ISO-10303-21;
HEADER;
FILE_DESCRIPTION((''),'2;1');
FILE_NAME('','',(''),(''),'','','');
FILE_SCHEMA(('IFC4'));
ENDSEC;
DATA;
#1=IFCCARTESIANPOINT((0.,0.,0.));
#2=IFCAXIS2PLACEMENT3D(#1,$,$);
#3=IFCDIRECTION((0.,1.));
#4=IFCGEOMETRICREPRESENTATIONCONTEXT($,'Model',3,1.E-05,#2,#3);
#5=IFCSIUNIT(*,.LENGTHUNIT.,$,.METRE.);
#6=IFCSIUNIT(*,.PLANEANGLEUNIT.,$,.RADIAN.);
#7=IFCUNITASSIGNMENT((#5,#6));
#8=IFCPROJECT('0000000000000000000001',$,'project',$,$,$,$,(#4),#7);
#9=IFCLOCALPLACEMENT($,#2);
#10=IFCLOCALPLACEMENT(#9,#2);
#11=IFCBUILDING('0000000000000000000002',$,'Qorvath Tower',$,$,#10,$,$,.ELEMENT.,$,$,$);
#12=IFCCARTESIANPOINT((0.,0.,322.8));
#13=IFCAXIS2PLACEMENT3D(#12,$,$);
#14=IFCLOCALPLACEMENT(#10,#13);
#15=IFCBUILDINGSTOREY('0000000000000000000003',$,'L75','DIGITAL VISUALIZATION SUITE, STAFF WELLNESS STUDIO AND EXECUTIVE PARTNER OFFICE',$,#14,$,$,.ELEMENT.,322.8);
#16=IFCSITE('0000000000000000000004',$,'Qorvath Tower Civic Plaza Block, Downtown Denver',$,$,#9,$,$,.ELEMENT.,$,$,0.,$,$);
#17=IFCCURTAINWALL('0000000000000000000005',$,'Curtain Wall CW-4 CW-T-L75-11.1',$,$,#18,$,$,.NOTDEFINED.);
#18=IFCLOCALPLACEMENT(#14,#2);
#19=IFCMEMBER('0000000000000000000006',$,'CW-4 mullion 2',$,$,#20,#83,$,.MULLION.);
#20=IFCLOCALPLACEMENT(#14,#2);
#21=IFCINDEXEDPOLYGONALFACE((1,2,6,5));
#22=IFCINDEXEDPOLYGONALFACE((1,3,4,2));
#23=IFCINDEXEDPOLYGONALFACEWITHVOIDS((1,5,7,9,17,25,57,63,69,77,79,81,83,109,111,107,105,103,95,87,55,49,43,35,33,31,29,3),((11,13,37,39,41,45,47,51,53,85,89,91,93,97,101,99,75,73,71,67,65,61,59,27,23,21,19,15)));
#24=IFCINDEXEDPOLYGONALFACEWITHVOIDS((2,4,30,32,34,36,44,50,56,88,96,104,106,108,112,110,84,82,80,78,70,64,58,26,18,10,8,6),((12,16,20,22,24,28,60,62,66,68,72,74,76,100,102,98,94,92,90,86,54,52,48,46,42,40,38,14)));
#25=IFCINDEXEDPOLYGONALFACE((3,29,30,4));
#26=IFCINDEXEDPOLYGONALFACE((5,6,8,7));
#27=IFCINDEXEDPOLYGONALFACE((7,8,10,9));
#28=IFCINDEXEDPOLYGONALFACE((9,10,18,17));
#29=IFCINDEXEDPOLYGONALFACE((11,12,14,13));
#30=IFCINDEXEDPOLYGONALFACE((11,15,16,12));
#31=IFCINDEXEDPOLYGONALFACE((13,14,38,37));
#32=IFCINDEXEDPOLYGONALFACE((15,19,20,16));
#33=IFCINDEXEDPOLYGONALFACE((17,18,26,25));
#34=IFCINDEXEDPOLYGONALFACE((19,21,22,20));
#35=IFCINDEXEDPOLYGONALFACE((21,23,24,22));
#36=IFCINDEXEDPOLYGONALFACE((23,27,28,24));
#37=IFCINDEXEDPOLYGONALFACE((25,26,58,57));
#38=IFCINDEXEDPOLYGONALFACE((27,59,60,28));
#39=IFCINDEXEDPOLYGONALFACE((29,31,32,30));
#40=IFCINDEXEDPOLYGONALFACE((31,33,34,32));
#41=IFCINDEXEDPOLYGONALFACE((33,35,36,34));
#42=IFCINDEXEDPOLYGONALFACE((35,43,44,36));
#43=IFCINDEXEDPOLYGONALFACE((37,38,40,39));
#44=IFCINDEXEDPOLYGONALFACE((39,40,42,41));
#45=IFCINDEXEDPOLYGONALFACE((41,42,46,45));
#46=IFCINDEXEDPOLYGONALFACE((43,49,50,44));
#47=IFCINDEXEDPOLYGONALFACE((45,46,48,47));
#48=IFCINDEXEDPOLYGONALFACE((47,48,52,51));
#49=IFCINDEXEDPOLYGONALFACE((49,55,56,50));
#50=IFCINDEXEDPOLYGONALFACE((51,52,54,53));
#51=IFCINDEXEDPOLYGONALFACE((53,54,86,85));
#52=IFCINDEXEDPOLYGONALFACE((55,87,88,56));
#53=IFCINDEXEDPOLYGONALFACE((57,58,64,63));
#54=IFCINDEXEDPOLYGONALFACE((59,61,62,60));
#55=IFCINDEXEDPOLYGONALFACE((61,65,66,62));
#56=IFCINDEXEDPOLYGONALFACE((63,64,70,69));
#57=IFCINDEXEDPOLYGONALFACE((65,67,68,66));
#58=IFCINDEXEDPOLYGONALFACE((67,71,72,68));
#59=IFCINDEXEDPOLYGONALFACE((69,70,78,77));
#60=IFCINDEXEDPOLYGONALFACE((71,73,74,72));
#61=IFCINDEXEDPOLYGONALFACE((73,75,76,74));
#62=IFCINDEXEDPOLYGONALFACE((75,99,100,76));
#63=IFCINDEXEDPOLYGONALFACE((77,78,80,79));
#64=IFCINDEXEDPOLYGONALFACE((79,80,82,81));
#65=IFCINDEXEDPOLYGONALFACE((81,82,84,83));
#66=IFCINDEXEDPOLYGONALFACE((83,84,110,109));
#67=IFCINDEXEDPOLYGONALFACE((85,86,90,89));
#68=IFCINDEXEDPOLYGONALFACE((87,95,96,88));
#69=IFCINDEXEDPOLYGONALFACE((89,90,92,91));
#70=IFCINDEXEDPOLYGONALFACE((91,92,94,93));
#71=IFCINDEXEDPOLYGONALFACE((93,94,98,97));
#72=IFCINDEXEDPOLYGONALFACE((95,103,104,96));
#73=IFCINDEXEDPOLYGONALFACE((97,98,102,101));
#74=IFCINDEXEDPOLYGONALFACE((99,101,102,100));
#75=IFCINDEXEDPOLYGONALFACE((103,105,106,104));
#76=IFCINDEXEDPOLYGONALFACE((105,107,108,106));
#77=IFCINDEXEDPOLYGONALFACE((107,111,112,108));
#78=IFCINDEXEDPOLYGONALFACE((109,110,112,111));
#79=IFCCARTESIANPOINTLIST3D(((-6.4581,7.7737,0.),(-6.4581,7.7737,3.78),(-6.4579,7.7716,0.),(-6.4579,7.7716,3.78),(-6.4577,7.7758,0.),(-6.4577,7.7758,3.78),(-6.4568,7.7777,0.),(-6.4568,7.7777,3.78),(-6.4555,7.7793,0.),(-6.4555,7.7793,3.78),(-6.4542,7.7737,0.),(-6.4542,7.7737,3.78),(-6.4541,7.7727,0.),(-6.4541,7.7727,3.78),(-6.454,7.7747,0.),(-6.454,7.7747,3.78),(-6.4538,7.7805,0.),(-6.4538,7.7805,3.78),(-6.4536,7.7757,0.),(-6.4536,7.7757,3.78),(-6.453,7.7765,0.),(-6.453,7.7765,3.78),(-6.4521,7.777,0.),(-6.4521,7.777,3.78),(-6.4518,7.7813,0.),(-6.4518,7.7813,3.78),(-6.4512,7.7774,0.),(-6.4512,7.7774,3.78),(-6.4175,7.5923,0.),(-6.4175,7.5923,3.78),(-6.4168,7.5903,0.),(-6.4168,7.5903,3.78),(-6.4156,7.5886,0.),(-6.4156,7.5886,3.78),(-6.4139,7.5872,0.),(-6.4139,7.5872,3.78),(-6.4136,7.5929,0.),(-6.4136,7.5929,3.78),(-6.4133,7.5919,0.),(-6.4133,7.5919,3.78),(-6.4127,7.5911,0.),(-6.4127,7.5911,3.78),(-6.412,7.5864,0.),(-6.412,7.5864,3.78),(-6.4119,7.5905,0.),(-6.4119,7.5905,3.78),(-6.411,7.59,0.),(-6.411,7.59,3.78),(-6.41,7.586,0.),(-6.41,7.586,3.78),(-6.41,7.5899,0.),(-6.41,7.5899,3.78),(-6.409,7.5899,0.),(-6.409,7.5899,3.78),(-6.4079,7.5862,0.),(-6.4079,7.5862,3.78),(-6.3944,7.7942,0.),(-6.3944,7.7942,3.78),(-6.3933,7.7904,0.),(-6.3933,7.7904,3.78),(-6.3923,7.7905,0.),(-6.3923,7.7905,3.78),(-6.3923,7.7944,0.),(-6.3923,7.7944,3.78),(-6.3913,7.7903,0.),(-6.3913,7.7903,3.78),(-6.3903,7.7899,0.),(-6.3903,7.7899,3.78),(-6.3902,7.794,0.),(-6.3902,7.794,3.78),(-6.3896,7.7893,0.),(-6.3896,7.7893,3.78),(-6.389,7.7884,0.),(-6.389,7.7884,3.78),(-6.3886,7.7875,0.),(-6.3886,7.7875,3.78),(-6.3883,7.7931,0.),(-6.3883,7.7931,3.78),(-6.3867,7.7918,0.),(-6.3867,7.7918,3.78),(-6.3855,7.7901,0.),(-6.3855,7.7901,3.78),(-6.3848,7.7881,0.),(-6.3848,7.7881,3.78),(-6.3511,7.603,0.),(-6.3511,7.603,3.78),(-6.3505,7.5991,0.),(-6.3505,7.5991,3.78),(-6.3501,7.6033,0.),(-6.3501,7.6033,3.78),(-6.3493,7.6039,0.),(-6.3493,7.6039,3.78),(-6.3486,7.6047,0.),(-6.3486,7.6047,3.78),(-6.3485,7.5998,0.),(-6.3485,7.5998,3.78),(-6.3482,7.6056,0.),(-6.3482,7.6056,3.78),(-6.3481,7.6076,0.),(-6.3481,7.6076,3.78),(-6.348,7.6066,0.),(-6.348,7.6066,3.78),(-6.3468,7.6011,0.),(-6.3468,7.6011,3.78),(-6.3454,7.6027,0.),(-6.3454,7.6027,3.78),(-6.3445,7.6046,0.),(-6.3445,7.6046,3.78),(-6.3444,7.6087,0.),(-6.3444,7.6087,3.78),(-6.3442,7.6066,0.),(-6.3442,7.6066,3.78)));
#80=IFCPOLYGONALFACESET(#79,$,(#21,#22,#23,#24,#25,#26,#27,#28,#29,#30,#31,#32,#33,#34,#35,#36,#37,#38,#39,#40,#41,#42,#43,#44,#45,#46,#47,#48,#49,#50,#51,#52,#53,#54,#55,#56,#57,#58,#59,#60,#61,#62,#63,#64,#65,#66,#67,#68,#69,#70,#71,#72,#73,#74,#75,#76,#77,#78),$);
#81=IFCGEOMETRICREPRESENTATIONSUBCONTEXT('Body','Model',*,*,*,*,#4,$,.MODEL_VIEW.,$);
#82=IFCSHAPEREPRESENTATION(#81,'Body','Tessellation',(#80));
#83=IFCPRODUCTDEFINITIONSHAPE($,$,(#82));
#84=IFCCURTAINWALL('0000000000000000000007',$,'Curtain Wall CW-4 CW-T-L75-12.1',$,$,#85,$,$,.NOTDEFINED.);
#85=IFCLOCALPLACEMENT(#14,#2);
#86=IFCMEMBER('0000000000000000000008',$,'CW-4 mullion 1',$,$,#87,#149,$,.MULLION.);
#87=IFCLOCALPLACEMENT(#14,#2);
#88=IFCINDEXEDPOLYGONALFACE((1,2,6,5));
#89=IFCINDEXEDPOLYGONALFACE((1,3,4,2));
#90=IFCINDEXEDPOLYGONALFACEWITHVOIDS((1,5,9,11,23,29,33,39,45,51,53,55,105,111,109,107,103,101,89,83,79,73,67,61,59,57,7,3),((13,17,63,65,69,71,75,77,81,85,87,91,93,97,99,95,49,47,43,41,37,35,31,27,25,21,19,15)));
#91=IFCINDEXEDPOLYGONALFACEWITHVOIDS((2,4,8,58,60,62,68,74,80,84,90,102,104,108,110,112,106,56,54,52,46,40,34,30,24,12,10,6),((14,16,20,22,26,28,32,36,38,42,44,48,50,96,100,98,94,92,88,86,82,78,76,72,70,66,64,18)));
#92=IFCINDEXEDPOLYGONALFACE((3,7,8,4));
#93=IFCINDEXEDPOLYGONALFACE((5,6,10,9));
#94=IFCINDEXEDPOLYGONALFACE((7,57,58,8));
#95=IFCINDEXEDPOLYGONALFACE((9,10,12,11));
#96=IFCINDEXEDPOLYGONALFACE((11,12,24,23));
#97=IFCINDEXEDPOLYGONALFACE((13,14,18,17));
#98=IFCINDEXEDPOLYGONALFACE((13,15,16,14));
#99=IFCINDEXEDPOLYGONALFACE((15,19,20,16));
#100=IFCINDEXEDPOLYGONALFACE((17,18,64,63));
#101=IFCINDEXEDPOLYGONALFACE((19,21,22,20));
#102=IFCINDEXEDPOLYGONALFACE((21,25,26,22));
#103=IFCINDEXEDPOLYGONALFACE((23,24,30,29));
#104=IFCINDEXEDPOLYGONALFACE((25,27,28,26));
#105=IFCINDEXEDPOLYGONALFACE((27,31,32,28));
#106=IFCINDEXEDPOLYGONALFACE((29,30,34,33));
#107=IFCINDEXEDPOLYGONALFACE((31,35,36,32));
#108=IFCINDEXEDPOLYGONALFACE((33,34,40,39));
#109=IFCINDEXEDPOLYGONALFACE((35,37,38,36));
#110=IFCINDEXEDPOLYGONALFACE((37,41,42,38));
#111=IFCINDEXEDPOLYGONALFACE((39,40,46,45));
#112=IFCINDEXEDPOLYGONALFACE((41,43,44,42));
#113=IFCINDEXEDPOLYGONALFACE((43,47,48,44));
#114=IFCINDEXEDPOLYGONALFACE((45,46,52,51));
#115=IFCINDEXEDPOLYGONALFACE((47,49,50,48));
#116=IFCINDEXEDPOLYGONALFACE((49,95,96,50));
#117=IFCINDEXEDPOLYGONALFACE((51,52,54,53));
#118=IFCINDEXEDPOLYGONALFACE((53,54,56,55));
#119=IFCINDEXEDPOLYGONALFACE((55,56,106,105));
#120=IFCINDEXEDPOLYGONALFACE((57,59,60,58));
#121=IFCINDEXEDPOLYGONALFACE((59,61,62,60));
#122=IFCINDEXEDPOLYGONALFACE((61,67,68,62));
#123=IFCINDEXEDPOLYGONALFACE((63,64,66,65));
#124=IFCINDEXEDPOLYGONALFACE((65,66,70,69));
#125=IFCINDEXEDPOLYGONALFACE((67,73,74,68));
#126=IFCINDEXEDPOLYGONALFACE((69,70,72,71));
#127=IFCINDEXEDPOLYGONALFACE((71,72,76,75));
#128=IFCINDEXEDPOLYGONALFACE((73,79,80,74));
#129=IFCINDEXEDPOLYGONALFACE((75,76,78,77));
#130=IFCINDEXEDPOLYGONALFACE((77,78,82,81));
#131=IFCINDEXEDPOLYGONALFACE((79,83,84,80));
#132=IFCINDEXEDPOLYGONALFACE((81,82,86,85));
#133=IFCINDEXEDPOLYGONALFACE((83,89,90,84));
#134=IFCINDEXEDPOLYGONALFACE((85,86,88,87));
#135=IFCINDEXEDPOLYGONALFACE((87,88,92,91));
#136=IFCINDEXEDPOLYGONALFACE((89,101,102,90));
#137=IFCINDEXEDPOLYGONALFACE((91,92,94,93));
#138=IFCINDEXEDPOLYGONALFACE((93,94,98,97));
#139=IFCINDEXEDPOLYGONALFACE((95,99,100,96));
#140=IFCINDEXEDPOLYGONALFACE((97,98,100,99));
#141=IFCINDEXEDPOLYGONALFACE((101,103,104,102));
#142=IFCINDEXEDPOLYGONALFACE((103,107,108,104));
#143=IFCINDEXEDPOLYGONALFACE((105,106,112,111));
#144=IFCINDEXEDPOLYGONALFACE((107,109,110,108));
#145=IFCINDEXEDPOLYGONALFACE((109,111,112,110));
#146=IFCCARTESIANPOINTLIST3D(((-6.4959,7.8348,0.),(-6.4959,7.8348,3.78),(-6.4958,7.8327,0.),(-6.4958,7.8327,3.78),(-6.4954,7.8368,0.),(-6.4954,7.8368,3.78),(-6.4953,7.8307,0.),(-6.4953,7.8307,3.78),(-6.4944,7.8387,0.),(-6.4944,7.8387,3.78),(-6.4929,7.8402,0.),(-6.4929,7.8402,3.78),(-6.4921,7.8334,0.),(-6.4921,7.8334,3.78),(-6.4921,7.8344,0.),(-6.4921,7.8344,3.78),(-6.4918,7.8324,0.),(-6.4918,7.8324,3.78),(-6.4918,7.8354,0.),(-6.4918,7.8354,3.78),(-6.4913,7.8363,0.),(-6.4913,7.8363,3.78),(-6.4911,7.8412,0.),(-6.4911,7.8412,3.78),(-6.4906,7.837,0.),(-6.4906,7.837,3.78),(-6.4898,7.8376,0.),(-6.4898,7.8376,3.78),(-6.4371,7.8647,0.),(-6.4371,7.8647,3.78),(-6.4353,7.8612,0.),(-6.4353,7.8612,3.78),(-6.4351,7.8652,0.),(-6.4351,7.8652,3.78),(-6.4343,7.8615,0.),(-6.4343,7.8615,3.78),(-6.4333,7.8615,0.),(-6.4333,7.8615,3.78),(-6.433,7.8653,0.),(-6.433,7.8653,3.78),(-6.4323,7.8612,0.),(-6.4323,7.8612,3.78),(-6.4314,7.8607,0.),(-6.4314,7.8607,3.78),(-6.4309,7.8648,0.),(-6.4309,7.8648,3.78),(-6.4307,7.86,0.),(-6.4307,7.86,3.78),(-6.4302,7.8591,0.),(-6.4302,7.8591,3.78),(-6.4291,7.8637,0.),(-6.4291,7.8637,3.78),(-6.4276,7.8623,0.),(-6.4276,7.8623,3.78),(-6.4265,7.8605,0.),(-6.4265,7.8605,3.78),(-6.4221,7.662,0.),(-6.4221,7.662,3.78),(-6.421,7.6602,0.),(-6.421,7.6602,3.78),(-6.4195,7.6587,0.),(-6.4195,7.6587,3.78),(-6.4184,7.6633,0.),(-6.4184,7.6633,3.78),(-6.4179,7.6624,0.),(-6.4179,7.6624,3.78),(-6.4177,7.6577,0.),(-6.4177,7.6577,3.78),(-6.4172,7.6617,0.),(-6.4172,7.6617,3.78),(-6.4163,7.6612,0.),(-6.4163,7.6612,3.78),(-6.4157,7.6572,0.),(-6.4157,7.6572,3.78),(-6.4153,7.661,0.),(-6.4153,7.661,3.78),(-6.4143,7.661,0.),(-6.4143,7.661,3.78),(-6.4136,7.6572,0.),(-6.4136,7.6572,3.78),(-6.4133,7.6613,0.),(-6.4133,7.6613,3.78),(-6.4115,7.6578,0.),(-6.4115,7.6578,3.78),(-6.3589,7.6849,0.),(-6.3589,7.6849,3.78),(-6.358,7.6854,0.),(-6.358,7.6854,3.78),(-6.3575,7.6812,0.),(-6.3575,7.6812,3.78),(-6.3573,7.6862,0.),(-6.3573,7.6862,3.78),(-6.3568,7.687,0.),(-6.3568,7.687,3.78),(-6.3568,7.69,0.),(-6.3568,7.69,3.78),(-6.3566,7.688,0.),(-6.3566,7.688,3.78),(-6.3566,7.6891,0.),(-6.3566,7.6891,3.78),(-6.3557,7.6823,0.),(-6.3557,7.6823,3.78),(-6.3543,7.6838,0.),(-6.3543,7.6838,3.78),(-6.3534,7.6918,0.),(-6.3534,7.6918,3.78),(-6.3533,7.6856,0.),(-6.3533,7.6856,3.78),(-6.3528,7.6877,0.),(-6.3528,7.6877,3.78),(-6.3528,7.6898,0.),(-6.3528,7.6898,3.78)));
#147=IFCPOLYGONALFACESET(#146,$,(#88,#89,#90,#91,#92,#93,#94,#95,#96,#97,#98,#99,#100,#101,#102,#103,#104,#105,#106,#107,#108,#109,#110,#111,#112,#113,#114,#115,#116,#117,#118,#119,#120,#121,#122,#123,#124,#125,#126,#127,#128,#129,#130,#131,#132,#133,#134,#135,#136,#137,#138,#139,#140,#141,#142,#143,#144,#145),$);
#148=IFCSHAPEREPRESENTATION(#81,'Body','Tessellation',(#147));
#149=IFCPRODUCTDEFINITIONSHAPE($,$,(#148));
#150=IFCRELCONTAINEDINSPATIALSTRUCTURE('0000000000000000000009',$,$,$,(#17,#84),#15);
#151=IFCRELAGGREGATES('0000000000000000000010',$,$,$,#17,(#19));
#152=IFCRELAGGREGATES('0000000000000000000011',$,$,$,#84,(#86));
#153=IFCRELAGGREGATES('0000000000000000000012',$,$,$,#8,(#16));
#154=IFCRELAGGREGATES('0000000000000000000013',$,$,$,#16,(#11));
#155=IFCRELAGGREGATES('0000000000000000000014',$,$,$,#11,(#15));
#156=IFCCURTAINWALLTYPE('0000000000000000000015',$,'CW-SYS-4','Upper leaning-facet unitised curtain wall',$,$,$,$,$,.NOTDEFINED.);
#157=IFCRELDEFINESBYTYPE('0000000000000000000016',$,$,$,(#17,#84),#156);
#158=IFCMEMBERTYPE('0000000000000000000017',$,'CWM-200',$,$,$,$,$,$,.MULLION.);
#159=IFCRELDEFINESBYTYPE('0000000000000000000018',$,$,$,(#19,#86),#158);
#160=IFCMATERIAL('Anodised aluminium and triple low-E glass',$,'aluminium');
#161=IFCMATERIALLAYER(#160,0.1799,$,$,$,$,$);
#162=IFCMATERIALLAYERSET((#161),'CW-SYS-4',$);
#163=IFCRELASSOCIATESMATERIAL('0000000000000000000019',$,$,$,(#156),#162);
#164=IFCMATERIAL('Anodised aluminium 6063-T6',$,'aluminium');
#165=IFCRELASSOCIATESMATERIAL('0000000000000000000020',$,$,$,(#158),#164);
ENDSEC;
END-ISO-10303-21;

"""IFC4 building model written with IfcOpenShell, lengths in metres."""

from ifc_helpers import new_model, si_unit, direction, frame, origin, origin_2d, place, context, subcontext, project, spatial, hollow_rectangle, extrude, material, layer, layer_set, material_profile, profile_set, type_object, element, aggregate, save


model = new_model("IFC4")

# Units and contexts
model_context = context("Model", 3, precision=1e-05, world=origin(), true_north=direction((0.0, 1.0)))
body_context = subcontext(model_context, "Body", "Model", "MODEL_VIEW")
ifc_project = project(units=[si_unit("LENGTHUNIT", "METRE"), si_unit("PLANEANGLEUNIT", "RADIAN")], contexts=[model_context])

# Site, building, storey
site_placement = place(None, origin())
site = spatial("IfcSite", under=ifc_project, at=site_placement, Name="Qorvath Tower Civic Plaza Block, Downtown Denver", CompositionType="ELEMENT", RefElevation=0.0)
building_placement = place(site_placement, origin())
building = spatial("IfcBuilding", under=site, at=building_placement, Name="Qorvath Tower", CompositionType="ELEMENT")
storey_placement = place(building_placement, frame((0.0, 0.0, 322.8)))
storey = spatial("IfcBuildingStorey", under=building, at=storey_placement, Name="L75", Description="DIGITAL VISUALIZATION SUITE, STAFF WELLNESS STUDIO AND EXECUTIVE PARTNER OFFICE", CompositionType="ELEMENT", Elevation=322.8)

# Curtain wall, member
ifc_material_1 = material(Name="Anodised aluminium and triple low-E glass", Category="aluminium")
ifc_layer_1 = layer(ifc_material_1, 0.1799)
ifc_layer_set_1 = layer_set([ifc_layer_1], Name="CW-SYS-4")
curtain_wall_type = type_object("IfcCurtainWallType", Name="CW-SYS-4", Description="Upper leaning-facet unitised curtain wall", PredefinedType="NOTDEFINED", material=ifc_layer_set_1)
curtain_wall_1_placement = place(storey_placement, origin())
curtain_wall_1 = element("IfcCurtainWall", 1, at=curtain_wall_1_placement, inside=storey, type_object=curtain_wall_type, Name="Curtain Wall CW-4 CW-T-L75-11.1", PredefinedType="NOTDEFINED")
ifc_material_2 = material(Name="Anodised aluminium 6063-T6", Category="aluminium")
ifc_material_profile_1 = material_profile(ifc_material_2, hollow_rectangle(XDim=0.075, YDim=0.2, WallThickness=0.0039, InnerFilletRadius=0.0039, OuterFilletRadius=0.0081, at=origin_2d()), Name="CWM 200x75")
ifc_profile_set_1 = profile_set([ifc_material_profile_1], Name="Anodised aluminium 6063-T6")
member_type_1 = type_object("IfcMemberType", Name="CWM-200", PredefinedType="MULLION", material=ifc_profile_set_1)
member_1_placement = place(storey_placement, frame((-6.4011, 7.6902, 0.0), z_axis=(0.0, 0.0, 1.0), x_axis=(-0.975582, -0.219634, 0.0)))
member_1 = element("IfcMember", 2, at=member_1_placement, type_object=member_type_1, Name="CW-4 mullion 2", PredefinedType="MULLION", context=body_context, shape_type="SweptSolid", body=[
    extrude(hollow_rectangle(XDim=0.075, YDim=0.2, WallThickness=0.0039, InnerFilletRadius=0.0039, OuterFilletRadius=0.0081, at=origin_2d()), origin(), (0.0, 0.0, 1.0), 3.78),
])

# Curtain wall, member
curtain_wall_2_placement = place(storey_placement, origin())
curtain_wall_2 = element("IfcCurtainWall", 3, at=curtain_wall_2_placement, inside=storey, type_object=curtain_wall_type, Name="Curtain Wall CW-4 CW-T-L75-12.1", PredefinedType="NOTDEFINED")
member_2_placement = place(storey_placement, frame((-6.4243, 7.7612, 0.0), z_axis=(0.0, 0.0, 1.0), x_axis=(-0.91744, -0.397874, 0.0)))
member_2 = element("IfcMember", 4, at=member_2_placement, type_object=member_type_1, Name="CW-4 mullion 1", PredefinedType="MULLION", context=body_context, shape_type="SweptSolid", body=[
    extrude(hollow_rectangle(XDim=0.075, YDim=0.2, WallThickness=0.0039, InnerFilletRadius=0.0039, OuterFilletRadius=0.0081, at=origin_2d()), origin(), (0.0, 0.0, 1.0), 3.78),
])

aggregate(curtain_wall_1, [member_1])
aggregate(curtain_wall_2, [member_2])

save(model, "model.ifc")
